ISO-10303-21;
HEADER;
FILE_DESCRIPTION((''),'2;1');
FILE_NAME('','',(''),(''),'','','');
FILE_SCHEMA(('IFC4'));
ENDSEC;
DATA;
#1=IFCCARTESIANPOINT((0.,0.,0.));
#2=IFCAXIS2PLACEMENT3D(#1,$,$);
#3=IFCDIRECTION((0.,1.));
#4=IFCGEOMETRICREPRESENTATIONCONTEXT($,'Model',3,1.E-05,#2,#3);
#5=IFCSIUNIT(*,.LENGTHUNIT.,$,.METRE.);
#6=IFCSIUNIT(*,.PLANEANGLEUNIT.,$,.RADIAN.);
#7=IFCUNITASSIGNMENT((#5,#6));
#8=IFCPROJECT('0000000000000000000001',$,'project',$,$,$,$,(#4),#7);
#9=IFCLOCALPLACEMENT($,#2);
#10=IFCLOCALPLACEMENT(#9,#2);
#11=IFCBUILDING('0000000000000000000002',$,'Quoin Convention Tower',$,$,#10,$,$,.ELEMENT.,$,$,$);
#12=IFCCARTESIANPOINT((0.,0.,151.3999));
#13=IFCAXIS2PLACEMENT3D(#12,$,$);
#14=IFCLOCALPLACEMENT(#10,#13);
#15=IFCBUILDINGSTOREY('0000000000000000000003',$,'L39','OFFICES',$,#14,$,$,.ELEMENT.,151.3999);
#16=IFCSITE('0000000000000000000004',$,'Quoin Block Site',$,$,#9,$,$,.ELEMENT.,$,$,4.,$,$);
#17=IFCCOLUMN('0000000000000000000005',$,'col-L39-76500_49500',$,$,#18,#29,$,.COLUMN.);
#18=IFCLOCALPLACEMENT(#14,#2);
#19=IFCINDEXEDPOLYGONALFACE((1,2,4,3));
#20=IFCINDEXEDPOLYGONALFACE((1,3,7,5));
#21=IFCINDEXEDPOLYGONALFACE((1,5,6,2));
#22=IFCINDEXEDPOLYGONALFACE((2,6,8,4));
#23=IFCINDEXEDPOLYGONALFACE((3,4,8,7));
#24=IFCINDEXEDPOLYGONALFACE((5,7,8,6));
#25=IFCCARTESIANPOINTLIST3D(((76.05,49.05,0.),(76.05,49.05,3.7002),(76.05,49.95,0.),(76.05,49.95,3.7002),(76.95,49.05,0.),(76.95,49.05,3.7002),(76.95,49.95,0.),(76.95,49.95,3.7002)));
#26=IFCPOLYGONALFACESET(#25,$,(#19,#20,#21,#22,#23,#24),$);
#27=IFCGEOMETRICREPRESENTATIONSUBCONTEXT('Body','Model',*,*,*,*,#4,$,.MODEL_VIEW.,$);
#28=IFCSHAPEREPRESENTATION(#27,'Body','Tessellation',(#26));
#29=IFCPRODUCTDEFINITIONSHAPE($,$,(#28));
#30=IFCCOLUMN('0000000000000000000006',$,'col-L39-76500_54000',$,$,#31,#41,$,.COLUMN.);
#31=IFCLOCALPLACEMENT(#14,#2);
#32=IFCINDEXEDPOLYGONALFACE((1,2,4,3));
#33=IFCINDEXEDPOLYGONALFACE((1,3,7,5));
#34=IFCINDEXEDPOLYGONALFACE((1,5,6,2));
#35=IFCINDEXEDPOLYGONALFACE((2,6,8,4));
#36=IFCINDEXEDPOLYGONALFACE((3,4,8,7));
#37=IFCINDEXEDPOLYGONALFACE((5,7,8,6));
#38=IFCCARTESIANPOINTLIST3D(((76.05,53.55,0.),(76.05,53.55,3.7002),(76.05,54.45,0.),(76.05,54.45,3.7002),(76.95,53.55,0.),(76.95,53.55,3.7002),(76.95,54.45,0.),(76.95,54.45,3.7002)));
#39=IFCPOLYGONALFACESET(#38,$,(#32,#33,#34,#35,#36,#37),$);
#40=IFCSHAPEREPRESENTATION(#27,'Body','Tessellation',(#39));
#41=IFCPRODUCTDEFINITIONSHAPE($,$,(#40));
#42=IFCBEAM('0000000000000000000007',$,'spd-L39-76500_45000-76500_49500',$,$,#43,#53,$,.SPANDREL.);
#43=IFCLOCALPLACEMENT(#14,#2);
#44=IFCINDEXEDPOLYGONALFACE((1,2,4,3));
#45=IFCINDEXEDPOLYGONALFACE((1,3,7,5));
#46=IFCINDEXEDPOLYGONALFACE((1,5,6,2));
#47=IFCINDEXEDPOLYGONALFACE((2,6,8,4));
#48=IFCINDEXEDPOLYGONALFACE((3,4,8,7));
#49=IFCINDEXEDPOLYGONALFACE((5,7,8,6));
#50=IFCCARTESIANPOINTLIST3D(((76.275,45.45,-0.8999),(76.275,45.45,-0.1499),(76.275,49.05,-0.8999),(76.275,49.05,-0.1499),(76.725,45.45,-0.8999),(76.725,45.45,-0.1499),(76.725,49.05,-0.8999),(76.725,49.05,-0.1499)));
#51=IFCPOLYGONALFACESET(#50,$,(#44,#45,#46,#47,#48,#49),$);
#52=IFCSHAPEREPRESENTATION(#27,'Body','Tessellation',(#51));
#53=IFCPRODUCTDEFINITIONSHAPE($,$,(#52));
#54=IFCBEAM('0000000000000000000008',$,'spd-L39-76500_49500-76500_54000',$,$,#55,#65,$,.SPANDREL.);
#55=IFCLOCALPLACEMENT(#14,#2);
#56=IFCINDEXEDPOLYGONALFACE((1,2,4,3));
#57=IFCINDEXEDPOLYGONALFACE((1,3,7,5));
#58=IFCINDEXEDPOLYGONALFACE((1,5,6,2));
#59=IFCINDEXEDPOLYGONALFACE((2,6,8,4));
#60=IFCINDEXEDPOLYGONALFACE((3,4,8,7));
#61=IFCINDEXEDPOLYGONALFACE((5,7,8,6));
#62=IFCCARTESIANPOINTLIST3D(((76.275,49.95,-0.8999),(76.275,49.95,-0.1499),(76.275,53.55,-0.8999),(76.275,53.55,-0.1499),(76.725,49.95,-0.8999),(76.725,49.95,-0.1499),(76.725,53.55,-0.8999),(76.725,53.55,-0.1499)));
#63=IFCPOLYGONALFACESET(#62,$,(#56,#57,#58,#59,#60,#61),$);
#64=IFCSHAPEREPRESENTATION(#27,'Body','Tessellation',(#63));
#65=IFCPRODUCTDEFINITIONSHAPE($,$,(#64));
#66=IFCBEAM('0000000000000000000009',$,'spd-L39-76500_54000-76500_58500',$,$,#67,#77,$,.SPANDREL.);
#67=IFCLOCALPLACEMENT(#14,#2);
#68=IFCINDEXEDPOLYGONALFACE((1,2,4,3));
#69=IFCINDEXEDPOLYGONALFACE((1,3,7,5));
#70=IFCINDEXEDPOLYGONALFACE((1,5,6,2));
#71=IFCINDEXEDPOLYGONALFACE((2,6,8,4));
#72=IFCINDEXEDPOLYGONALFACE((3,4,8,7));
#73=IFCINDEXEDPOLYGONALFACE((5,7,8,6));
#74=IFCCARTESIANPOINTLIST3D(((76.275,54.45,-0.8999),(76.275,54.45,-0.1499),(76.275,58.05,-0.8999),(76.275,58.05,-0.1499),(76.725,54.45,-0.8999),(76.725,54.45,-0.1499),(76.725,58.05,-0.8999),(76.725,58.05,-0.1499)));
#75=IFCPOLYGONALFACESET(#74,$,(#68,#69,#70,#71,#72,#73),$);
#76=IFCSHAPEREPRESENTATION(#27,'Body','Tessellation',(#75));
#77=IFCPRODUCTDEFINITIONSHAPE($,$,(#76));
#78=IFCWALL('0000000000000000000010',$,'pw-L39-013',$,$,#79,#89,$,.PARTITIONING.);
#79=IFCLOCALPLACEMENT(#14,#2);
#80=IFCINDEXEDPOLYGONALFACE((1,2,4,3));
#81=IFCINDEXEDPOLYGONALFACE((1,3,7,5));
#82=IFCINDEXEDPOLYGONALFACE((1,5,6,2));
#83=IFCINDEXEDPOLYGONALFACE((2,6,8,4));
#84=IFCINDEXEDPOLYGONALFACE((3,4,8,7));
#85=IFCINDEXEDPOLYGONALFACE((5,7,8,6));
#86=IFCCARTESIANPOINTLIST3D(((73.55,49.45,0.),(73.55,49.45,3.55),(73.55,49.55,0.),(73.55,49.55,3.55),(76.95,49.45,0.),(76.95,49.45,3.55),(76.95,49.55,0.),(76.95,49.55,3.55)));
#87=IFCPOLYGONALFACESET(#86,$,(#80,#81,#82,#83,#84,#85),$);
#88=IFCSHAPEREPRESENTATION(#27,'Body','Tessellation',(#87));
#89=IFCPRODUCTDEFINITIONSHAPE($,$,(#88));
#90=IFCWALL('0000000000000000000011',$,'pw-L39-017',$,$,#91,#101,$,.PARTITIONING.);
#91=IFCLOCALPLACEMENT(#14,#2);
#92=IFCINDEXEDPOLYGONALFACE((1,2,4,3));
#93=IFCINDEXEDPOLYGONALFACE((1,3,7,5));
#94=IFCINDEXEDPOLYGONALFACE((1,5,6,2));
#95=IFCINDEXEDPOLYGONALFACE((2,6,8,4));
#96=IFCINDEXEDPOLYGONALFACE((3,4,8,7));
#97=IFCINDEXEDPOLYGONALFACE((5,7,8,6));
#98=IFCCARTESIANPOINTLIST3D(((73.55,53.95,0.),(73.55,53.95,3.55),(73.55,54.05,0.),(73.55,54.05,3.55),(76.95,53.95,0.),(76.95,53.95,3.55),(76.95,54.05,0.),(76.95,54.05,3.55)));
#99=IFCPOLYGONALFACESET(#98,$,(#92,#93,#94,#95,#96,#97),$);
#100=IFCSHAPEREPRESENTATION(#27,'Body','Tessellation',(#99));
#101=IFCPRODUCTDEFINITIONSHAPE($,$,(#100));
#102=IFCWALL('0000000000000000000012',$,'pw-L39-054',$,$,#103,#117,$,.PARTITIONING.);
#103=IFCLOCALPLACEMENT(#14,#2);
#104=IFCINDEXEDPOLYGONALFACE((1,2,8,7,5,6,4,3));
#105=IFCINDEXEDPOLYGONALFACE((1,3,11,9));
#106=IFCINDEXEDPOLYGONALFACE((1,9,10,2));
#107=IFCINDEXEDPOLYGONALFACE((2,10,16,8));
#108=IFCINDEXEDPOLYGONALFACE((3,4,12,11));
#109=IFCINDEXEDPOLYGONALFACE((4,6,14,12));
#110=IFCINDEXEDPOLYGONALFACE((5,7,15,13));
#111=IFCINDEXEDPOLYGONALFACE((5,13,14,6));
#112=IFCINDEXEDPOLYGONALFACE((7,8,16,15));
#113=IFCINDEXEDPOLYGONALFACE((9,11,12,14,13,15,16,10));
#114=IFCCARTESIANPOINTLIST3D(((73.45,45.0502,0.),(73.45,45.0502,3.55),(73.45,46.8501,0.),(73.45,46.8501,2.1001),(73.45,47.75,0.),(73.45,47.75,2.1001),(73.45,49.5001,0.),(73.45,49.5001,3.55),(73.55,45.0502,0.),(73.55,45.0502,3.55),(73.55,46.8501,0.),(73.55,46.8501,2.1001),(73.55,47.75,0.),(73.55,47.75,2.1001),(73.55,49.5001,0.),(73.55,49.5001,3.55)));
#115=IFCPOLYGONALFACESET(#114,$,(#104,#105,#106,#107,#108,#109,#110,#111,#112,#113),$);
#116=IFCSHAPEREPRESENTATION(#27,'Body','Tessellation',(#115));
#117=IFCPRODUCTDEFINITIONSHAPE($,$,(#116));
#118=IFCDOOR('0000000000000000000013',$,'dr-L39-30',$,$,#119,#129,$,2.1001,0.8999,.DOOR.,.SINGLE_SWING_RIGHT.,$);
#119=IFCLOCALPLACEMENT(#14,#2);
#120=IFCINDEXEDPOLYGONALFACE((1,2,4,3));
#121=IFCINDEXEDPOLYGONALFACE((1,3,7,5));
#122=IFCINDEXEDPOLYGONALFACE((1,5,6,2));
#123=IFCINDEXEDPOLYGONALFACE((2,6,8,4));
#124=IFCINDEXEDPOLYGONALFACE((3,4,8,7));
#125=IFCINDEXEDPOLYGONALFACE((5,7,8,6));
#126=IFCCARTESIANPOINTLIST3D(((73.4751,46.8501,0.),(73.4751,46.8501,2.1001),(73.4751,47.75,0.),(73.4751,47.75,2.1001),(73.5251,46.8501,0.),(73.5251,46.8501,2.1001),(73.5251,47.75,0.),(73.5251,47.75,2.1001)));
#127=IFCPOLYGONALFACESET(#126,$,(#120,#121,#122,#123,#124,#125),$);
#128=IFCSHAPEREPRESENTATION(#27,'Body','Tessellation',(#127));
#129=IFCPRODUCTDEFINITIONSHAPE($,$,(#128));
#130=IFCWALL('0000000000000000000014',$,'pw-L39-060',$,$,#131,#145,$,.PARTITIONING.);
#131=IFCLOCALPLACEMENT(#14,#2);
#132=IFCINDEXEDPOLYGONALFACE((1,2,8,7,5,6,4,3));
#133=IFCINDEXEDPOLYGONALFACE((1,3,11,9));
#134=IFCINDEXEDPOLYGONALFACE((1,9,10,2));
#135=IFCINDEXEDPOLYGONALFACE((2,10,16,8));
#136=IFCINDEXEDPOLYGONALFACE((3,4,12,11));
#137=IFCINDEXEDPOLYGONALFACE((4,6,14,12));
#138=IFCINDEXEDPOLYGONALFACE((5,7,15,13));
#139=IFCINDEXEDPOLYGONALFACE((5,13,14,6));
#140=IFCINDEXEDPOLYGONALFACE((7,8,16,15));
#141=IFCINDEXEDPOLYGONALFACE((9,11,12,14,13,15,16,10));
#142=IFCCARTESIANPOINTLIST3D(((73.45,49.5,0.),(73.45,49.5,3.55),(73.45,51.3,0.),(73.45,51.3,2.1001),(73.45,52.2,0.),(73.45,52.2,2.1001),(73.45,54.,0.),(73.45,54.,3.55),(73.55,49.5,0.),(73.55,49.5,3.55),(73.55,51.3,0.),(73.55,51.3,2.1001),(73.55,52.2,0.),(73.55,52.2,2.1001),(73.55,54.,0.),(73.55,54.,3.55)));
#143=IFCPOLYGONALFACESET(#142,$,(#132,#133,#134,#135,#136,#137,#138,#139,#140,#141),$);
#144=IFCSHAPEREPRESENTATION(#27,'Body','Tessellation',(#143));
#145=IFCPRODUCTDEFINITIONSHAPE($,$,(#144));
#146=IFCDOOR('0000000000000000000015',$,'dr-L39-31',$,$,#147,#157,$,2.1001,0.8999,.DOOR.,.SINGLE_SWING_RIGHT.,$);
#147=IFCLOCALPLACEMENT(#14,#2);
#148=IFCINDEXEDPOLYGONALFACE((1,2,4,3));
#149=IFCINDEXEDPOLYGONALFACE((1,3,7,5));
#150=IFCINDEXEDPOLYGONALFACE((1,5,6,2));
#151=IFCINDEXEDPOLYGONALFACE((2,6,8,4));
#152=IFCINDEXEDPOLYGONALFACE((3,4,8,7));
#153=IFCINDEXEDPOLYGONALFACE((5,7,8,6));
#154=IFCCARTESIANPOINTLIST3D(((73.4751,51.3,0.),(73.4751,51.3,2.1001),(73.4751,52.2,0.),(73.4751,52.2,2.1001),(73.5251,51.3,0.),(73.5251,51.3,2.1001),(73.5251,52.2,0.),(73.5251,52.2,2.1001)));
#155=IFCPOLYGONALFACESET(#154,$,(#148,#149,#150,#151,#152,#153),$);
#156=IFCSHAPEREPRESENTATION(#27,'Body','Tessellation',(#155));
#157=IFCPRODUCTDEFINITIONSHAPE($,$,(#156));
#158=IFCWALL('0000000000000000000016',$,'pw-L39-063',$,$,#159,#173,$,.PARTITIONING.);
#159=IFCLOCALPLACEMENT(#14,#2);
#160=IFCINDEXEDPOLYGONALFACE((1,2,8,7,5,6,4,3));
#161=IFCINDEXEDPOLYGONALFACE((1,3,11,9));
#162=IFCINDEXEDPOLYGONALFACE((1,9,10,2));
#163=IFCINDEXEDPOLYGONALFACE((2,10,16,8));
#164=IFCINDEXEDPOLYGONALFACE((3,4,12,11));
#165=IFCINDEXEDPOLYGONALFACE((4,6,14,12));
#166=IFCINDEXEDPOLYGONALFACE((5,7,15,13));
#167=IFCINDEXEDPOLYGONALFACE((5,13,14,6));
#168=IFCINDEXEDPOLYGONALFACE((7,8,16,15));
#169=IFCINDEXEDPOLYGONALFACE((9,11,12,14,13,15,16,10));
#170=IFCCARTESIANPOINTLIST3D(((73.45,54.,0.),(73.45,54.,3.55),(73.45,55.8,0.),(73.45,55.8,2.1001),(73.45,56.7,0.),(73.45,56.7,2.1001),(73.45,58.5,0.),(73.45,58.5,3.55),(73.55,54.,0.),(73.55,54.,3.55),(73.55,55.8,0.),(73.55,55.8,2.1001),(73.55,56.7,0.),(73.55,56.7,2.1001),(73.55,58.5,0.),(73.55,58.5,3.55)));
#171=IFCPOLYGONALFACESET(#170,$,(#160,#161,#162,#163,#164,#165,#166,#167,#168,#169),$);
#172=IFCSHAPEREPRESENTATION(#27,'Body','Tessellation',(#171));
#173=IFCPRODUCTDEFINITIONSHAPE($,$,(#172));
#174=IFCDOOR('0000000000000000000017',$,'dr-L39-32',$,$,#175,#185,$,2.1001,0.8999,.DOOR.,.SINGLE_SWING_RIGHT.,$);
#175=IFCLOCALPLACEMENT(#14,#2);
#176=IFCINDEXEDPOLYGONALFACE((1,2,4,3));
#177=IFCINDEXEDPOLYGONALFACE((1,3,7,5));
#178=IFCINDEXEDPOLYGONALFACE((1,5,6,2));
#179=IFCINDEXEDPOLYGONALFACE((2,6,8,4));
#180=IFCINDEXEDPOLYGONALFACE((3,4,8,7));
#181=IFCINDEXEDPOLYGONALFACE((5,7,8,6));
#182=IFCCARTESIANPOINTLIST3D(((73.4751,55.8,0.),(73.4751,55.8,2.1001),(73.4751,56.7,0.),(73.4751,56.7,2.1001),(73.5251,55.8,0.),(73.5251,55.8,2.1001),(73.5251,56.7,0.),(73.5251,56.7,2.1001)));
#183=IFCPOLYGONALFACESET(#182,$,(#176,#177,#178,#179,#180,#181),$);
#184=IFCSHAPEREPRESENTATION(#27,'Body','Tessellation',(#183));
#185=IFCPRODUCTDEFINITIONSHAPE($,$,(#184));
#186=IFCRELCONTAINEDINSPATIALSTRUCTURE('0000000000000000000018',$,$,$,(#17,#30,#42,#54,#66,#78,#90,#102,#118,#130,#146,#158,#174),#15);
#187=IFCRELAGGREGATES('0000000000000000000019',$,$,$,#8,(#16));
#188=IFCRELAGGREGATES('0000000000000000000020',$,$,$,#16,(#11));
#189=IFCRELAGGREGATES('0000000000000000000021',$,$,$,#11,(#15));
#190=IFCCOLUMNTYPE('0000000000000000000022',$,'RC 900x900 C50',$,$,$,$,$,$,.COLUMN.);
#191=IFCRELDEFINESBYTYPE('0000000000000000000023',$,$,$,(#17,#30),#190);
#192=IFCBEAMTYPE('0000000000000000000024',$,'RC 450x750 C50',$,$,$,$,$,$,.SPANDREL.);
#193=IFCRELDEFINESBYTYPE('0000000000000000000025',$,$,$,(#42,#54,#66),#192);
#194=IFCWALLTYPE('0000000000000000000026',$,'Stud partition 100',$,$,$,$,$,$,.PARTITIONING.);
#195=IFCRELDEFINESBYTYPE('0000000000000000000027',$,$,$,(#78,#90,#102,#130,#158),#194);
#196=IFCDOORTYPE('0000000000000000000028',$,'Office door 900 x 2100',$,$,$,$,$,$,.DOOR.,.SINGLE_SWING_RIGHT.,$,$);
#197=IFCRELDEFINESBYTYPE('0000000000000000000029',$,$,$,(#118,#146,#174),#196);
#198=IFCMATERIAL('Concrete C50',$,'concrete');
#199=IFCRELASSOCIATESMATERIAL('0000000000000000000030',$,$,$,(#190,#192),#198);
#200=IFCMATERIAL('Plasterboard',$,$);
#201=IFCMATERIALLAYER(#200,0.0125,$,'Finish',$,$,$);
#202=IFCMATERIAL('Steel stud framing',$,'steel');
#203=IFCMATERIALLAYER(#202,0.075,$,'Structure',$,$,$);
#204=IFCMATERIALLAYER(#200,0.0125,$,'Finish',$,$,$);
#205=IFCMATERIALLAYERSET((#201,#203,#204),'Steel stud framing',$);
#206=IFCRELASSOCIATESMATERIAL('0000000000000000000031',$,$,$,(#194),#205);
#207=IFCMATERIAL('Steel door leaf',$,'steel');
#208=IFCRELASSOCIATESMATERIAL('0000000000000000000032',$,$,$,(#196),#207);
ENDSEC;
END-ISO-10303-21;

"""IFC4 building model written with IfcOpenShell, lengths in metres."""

from ifc_helpers import new_model, si_unit, direction, frame, frame_2d, origin, origin_2d, place, context, subcontext, project, spatial, rectangle, extrude, material, layer, layer_set, material_profile, profile_set, type_object, element, fill, save


model = new_model("IFC4")

# Units and contexts
model_context = context("Model", 3, precision=1e-05, world=origin(), true_north=direction((0.0, 1.0)))
body_context = subcontext(model_context, "Body", "Model", "MODEL_VIEW")
ifc_project = project(units=[si_unit("LENGTHUNIT", "METRE"), si_unit("PLANEANGLEUNIT", "RADIAN")], contexts=[model_context])

# Site, building, storey
site_placement = place(None, origin())
site = spatial("IfcSite", under=ifc_project, at=site_placement, Name="Quoin Block Site", CompositionType="ELEMENT", RefElevation=4.0)
building_placement = place(site_placement, origin())
building = spatial("IfcBuilding", under=site, at=building_placement, Name="Quoin Convention Tower", CompositionType="ELEMENT")
storey_placement = place(building_placement, frame((0.0, 0.0, 151.3999)))
storey = spatial("IfcBuildingStorey", under=building, at=storey_placement, Name="L39", Description="OFFICES", CompositionType="ELEMENT", Elevation=151.3999)

# Columns
ifc_material_1 = material(Name="Concrete C50", Category="concrete")
ifc_material_profile_1 = material_profile(ifc_material_1, rectangle(XDim=0.8999, YDim=0.8999, at=origin_2d()), Name="RC 900x900")
ifc_profile_set_1 = profile_set([ifc_material_profile_1], Name="Concrete C50")
column_type = type_object("IfcColumnType", Name="RC 900x900 C50", PredefinedType="COLUMN", material=ifc_profile_set_1)
for number, where, z_axis, x_axis, name in (
    (1, (76.5, 49.5, 0.0), (0.0, 0.0, 1.0), (1.0, 0.0, 0.0), "col-L39-76500_49500"),
    (2, (76.5, 54.0, 0.0), (0.0, 0.0, 1.0), (1.0, 0.0, 0.0), "col-L39-76500_54000"),
):
    element("IfcColumn", number, at=place(storey_placement, frame(where, z_axis=z_axis, x_axis=x_axis)), inside=storey, type_object=column_type, Name=name, PredefinedType="COLUMN", context=body_context, shape_type="SweptSolid", body=[
        extrude(rectangle(XDim=0.8999, YDim=0.8999, at=origin_2d()), origin(), (0.0, 0.0, 1.0), 3.7002),
    ])

# Beams
ifc_material_profile_2 = material_profile(ifc_material_1, rectangle(XDim=0.45, YDim=0.75, at=origin_2d()), Name="RC 450x750")
ifc_profile_set_2 = profile_set([ifc_material_profile_2], Name="Concrete C50")
beam_type = type_object("IfcBeamType", Name="RC 450x750 C50", PredefinedType="SPANDREL", material=ifc_profile_set_2)
for number, where, z_axis, x_axis, name in (
    (3, (76.5, 45.45, -0.5249), (0.0, 1.0, 0.0), (-1.0, 0.0, 0.0), "spd-L39-76500_45000-76500_49500"),
    (4, (76.5, 49.95, -0.5249), (0.0, 1.0, 0.0), (-1.0, 0.0, 0.0), "spd-L39-76500_49500-76500_54000"),
    (5, (76.5, 54.45, -0.5249), (0.0, 1.0, 0.0), (-1.0, 0.0, 0.0), "spd-L39-76500_54000-76500_58500"),
):
    element("IfcBeam", number, at=place(storey_placement, frame(where, z_axis=z_axis, x_axis=x_axis)), inside=storey, type_object=beam_type, Name=name, PredefinedType="SPANDREL", context=body_context, shape_type="SweptSolid", body=[
        extrude(rectangle(XDim=0.45, YDim=0.75, at=origin_2d()), origin(), (0.0, 0.0, 1.0), 3.6001),
    ])

# Walls
ifc_material_2 = material(Name="Plasterboard")
ifc_layer_1 = layer(ifc_material_2, 0.0125, Name="Finish")
ifc_material_3 = material(Name="Steel stud framing", Category="steel")
ifc_layer_2 = layer(ifc_material_3, 0.075, Name="Structure")
ifc_layer_3 = layer(ifc_material_2, 0.0125, Name="Finish")
ifc_layer_set = layer_set([ifc_layer_1, ifc_layer_2, ifc_layer_3], Name="Steel stud framing")
wall_type = type_object("IfcWallType", Name="Stud partition 100", PredefinedType="PARTITIONING", material=ifc_layer_set)
for number, where, z_axis, x_axis, name in (
    (6, (73.55, 49.5, 0.0), (0.0, 0.0, 1.0), (1.0, 0.0, 0.0), "pw-L39-013"),
    (7, (73.55, 54.0, 0.0), (0.0, 0.0, 1.0), (1.0, 0.0, 0.0), "pw-L39-017"),
):
    element("IfcWall", number, at=place(storey_placement, frame(where, z_axis=z_axis, x_axis=x_axis)), inside=storey, type_object=wall_type, Name=name, PredefinedType="PARTITIONING", context=body_context, shape_type="SweptSolid", body=[
        extrude(rectangle(XDim=3.3999, YDim=0.1001, at=frame_2d((1.7, 0.0))), origin(), (0.0, 0.0, 1.0), 3.55),
    ])

# Walls, openings, doors
wall_1_placement = place(storey_placement, frame((73.5, 45.05, 0.0), z_axis=(0.0, 0.0, 1.0), x_axis=(0.0, 1.0, 0.0)))
wall_1 = element("IfcWall", 8, at=wall_1_placement, inside=storey, type_object=wall_type, Name="pw-L39-054", PredefinedType="PARTITIONING", context=body_context, shape_type="SweptSolid", body=[
    extrude(rectangle(XDim=4.45, YDim=0.1001, at=frame_2d((2.2251, 0.0))), origin(), (0.0, 0.0, 1.0), 3.55),
])
opening_1_placement = place(wall_1_placement, frame((1.8, 0.0, 0.0)))
opening_1 = element("IfcOpeningElement", 9, at=opening_1_placement, cuts=wall_1, PredefinedType="OPENING", context=body_context, shape_type="SweptSolid", body=[
    extrude(rectangle(XDim=0.8999, YDim=2.1001, at=frame_2d((0.45, 1.05))), frame((0.0, 0.0601, 0.0), z_axis=(0.0, -1.0, 0.0), x_axis=(1.0, 0.0, 0.0)), (0.0, 0.0, 1.0), 0.1201),
])
ifc_material_4 = material(Name="Steel door leaf", Category="steel")
door_type = type_object("IfcDoorType", Name="Office door 900 x 2100", OperationType="SINGLE_SWING_RIGHT", PredefinedType="DOOR", material=ifc_material_4)
door_1_placement = place(opening_1_placement, origin())
door_1 = element("IfcDoor", 10, at=door_1_placement, inside=storey, type_object=door_type, Name="dr-L39-30", OperationType="SINGLE_SWING_RIGHT", OverallHeight=2.1001, OverallWidth=0.8999, PredefinedType="DOOR", context=body_context, shape_type="SweptSolid", body=[
    extrude(rectangle(XDim=0.8999, YDim=2.1001, at=frame_2d((0.45, 1.05))), frame((0.0, 0.0249, 0.0), z_axis=(0.0, -1.0, 0.0), x_axis=(1.0, 0.0, 0.0)), (0.0, 0.0, 1.0), 0.05),
])
fill(opening_1, door_1)
wall_2_placement = place(storey_placement, frame((73.5, 49.5, 0.0), z_axis=(0.0, 0.0, 1.0), x_axis=(0.0, 1.0, 0.0)))
wall_2 = element("IfcWall", 11, at=wall_2_placement, inside=storey, type_object=wall_type, Name="pw-L39-060", PredefinedType="PARTITIONING", context=body_context, shape_type="SweptSolid", body=[
    extrude(rectangle(XDim=4.5, YDim=0.1001, at=frame_2d((2.25, 0.0))), origin(), (0.0, 0.0, 1.0), 3.55),
])
opening_2_placement = place(wall_2_placement, frame((1.8, 0.0, 0.0)))
opening_2 = element("IfcOpeningElement", 12, at=opening_2_placement, cuts=wall_2, PredefinedType="OPENING", context=body_context, shape_type="SweptSolid", body=[
    extrude(rectangle(XDim=0.8999, YDim=2.1001, at=frame_2d((0.45, 1.05))), frame((0.0, 0.0601, 0.0), z_axis=(0.0, -1.0, 0.0), x_axis=(1.0, 0.0, 0.0)), (0.0, 0.0, 1.0), 0.1201),
])
door_2_placement = place(opening_2_placement, origin())
door_2 = element("IfcDoor", 13, at=door_2_placement, inside=storey, type_object=door_type, Name="dr-L39-31", OperationType="SINGLE_SWING_RIGHT", OverallHeight=2.1001, OverallWidth=0.8999, PredefinedType="DOOR", context=body_context, shape_type="SweptSolid", body=[
    extrude(rectangle(XDim=0.8999, YDim=2.1001, at=frame_2d((0.45, 1.05))), frame((0.0, 0.0249, 0.0), z_axis=(0.0, -1.0, 0.0), x_axis=(1.0, 0.0, 0.0)), (0.0, 0.0, 1.0), 0.05),
])
fill(opening_2, door_2)
wall_3_placement = place(storey_placement, frame((73.5, 54.0, 0.0), z_axis=(0.0, 0.0, 1.0), x_axis=(0.0, 1.0, 0.0)))
wall_3 = element("IfcWall", 14, at=wall_3_placement, inside=storey, type_object=wall_type, Name="pw-L39-063", PredefinedType="PARTITIONING", context=body_context, shape_type="SweptSolid", body=[
    extrude(rectangle(XDim=4.5, YDim=0.1001, at=frame_2d((2.25, 0.0))), origin(), (0.0, 0.0, 1.0), 3.55),
])
opening_3_placement = place(wall_3_placement, frame((1.8, 0.0, 0.0)))
opening_3 = element("IfcOpeningElement", 15, at=opening_3_placement, cuts=wall_3, PredefinedType="OPENING", context=body_context, shape_type="SweptSolid", body=[
    extrude(rectangle(XDim=0.8999, YDim=2.1001, at=frame_2d((0.45, 1.05))), frame((0.0, 0.0601, 0.0), z_axis=(0.0, -1.0, 0.0), x_axis=(1.0, 0.0, 0.0)), (0.0, 0.0, 1.0), 0.1201),
])
door_3_placement = place(opening_3_placement, origin())
door_3 = element("IfcDoor", 16, at=door_3_placement, inside=storey, type_object=door_type, Name="dr-L39-32", OperationType="SINGLE_SWING_RIGHT", OverallHeight=2.1001, OverallWidth=0.8999, PredefinedType="DOOR", context=body_context, shape_type="SweptSolid", body=[
    extrude(rectangle(XDim=0.8999, YDim=2.1001, at=frame_2d((0.45, 1.05))), frame((0.0, 0.0249, 0.0), z_axis=(0.0, -1.0, 0.0), x_axis=(1.0, 0.0, 0.0)), (0.0, 0.0, 1.0), 0.05),
])
fill(opening_3, door_3)

save(model, "model.ifc")
